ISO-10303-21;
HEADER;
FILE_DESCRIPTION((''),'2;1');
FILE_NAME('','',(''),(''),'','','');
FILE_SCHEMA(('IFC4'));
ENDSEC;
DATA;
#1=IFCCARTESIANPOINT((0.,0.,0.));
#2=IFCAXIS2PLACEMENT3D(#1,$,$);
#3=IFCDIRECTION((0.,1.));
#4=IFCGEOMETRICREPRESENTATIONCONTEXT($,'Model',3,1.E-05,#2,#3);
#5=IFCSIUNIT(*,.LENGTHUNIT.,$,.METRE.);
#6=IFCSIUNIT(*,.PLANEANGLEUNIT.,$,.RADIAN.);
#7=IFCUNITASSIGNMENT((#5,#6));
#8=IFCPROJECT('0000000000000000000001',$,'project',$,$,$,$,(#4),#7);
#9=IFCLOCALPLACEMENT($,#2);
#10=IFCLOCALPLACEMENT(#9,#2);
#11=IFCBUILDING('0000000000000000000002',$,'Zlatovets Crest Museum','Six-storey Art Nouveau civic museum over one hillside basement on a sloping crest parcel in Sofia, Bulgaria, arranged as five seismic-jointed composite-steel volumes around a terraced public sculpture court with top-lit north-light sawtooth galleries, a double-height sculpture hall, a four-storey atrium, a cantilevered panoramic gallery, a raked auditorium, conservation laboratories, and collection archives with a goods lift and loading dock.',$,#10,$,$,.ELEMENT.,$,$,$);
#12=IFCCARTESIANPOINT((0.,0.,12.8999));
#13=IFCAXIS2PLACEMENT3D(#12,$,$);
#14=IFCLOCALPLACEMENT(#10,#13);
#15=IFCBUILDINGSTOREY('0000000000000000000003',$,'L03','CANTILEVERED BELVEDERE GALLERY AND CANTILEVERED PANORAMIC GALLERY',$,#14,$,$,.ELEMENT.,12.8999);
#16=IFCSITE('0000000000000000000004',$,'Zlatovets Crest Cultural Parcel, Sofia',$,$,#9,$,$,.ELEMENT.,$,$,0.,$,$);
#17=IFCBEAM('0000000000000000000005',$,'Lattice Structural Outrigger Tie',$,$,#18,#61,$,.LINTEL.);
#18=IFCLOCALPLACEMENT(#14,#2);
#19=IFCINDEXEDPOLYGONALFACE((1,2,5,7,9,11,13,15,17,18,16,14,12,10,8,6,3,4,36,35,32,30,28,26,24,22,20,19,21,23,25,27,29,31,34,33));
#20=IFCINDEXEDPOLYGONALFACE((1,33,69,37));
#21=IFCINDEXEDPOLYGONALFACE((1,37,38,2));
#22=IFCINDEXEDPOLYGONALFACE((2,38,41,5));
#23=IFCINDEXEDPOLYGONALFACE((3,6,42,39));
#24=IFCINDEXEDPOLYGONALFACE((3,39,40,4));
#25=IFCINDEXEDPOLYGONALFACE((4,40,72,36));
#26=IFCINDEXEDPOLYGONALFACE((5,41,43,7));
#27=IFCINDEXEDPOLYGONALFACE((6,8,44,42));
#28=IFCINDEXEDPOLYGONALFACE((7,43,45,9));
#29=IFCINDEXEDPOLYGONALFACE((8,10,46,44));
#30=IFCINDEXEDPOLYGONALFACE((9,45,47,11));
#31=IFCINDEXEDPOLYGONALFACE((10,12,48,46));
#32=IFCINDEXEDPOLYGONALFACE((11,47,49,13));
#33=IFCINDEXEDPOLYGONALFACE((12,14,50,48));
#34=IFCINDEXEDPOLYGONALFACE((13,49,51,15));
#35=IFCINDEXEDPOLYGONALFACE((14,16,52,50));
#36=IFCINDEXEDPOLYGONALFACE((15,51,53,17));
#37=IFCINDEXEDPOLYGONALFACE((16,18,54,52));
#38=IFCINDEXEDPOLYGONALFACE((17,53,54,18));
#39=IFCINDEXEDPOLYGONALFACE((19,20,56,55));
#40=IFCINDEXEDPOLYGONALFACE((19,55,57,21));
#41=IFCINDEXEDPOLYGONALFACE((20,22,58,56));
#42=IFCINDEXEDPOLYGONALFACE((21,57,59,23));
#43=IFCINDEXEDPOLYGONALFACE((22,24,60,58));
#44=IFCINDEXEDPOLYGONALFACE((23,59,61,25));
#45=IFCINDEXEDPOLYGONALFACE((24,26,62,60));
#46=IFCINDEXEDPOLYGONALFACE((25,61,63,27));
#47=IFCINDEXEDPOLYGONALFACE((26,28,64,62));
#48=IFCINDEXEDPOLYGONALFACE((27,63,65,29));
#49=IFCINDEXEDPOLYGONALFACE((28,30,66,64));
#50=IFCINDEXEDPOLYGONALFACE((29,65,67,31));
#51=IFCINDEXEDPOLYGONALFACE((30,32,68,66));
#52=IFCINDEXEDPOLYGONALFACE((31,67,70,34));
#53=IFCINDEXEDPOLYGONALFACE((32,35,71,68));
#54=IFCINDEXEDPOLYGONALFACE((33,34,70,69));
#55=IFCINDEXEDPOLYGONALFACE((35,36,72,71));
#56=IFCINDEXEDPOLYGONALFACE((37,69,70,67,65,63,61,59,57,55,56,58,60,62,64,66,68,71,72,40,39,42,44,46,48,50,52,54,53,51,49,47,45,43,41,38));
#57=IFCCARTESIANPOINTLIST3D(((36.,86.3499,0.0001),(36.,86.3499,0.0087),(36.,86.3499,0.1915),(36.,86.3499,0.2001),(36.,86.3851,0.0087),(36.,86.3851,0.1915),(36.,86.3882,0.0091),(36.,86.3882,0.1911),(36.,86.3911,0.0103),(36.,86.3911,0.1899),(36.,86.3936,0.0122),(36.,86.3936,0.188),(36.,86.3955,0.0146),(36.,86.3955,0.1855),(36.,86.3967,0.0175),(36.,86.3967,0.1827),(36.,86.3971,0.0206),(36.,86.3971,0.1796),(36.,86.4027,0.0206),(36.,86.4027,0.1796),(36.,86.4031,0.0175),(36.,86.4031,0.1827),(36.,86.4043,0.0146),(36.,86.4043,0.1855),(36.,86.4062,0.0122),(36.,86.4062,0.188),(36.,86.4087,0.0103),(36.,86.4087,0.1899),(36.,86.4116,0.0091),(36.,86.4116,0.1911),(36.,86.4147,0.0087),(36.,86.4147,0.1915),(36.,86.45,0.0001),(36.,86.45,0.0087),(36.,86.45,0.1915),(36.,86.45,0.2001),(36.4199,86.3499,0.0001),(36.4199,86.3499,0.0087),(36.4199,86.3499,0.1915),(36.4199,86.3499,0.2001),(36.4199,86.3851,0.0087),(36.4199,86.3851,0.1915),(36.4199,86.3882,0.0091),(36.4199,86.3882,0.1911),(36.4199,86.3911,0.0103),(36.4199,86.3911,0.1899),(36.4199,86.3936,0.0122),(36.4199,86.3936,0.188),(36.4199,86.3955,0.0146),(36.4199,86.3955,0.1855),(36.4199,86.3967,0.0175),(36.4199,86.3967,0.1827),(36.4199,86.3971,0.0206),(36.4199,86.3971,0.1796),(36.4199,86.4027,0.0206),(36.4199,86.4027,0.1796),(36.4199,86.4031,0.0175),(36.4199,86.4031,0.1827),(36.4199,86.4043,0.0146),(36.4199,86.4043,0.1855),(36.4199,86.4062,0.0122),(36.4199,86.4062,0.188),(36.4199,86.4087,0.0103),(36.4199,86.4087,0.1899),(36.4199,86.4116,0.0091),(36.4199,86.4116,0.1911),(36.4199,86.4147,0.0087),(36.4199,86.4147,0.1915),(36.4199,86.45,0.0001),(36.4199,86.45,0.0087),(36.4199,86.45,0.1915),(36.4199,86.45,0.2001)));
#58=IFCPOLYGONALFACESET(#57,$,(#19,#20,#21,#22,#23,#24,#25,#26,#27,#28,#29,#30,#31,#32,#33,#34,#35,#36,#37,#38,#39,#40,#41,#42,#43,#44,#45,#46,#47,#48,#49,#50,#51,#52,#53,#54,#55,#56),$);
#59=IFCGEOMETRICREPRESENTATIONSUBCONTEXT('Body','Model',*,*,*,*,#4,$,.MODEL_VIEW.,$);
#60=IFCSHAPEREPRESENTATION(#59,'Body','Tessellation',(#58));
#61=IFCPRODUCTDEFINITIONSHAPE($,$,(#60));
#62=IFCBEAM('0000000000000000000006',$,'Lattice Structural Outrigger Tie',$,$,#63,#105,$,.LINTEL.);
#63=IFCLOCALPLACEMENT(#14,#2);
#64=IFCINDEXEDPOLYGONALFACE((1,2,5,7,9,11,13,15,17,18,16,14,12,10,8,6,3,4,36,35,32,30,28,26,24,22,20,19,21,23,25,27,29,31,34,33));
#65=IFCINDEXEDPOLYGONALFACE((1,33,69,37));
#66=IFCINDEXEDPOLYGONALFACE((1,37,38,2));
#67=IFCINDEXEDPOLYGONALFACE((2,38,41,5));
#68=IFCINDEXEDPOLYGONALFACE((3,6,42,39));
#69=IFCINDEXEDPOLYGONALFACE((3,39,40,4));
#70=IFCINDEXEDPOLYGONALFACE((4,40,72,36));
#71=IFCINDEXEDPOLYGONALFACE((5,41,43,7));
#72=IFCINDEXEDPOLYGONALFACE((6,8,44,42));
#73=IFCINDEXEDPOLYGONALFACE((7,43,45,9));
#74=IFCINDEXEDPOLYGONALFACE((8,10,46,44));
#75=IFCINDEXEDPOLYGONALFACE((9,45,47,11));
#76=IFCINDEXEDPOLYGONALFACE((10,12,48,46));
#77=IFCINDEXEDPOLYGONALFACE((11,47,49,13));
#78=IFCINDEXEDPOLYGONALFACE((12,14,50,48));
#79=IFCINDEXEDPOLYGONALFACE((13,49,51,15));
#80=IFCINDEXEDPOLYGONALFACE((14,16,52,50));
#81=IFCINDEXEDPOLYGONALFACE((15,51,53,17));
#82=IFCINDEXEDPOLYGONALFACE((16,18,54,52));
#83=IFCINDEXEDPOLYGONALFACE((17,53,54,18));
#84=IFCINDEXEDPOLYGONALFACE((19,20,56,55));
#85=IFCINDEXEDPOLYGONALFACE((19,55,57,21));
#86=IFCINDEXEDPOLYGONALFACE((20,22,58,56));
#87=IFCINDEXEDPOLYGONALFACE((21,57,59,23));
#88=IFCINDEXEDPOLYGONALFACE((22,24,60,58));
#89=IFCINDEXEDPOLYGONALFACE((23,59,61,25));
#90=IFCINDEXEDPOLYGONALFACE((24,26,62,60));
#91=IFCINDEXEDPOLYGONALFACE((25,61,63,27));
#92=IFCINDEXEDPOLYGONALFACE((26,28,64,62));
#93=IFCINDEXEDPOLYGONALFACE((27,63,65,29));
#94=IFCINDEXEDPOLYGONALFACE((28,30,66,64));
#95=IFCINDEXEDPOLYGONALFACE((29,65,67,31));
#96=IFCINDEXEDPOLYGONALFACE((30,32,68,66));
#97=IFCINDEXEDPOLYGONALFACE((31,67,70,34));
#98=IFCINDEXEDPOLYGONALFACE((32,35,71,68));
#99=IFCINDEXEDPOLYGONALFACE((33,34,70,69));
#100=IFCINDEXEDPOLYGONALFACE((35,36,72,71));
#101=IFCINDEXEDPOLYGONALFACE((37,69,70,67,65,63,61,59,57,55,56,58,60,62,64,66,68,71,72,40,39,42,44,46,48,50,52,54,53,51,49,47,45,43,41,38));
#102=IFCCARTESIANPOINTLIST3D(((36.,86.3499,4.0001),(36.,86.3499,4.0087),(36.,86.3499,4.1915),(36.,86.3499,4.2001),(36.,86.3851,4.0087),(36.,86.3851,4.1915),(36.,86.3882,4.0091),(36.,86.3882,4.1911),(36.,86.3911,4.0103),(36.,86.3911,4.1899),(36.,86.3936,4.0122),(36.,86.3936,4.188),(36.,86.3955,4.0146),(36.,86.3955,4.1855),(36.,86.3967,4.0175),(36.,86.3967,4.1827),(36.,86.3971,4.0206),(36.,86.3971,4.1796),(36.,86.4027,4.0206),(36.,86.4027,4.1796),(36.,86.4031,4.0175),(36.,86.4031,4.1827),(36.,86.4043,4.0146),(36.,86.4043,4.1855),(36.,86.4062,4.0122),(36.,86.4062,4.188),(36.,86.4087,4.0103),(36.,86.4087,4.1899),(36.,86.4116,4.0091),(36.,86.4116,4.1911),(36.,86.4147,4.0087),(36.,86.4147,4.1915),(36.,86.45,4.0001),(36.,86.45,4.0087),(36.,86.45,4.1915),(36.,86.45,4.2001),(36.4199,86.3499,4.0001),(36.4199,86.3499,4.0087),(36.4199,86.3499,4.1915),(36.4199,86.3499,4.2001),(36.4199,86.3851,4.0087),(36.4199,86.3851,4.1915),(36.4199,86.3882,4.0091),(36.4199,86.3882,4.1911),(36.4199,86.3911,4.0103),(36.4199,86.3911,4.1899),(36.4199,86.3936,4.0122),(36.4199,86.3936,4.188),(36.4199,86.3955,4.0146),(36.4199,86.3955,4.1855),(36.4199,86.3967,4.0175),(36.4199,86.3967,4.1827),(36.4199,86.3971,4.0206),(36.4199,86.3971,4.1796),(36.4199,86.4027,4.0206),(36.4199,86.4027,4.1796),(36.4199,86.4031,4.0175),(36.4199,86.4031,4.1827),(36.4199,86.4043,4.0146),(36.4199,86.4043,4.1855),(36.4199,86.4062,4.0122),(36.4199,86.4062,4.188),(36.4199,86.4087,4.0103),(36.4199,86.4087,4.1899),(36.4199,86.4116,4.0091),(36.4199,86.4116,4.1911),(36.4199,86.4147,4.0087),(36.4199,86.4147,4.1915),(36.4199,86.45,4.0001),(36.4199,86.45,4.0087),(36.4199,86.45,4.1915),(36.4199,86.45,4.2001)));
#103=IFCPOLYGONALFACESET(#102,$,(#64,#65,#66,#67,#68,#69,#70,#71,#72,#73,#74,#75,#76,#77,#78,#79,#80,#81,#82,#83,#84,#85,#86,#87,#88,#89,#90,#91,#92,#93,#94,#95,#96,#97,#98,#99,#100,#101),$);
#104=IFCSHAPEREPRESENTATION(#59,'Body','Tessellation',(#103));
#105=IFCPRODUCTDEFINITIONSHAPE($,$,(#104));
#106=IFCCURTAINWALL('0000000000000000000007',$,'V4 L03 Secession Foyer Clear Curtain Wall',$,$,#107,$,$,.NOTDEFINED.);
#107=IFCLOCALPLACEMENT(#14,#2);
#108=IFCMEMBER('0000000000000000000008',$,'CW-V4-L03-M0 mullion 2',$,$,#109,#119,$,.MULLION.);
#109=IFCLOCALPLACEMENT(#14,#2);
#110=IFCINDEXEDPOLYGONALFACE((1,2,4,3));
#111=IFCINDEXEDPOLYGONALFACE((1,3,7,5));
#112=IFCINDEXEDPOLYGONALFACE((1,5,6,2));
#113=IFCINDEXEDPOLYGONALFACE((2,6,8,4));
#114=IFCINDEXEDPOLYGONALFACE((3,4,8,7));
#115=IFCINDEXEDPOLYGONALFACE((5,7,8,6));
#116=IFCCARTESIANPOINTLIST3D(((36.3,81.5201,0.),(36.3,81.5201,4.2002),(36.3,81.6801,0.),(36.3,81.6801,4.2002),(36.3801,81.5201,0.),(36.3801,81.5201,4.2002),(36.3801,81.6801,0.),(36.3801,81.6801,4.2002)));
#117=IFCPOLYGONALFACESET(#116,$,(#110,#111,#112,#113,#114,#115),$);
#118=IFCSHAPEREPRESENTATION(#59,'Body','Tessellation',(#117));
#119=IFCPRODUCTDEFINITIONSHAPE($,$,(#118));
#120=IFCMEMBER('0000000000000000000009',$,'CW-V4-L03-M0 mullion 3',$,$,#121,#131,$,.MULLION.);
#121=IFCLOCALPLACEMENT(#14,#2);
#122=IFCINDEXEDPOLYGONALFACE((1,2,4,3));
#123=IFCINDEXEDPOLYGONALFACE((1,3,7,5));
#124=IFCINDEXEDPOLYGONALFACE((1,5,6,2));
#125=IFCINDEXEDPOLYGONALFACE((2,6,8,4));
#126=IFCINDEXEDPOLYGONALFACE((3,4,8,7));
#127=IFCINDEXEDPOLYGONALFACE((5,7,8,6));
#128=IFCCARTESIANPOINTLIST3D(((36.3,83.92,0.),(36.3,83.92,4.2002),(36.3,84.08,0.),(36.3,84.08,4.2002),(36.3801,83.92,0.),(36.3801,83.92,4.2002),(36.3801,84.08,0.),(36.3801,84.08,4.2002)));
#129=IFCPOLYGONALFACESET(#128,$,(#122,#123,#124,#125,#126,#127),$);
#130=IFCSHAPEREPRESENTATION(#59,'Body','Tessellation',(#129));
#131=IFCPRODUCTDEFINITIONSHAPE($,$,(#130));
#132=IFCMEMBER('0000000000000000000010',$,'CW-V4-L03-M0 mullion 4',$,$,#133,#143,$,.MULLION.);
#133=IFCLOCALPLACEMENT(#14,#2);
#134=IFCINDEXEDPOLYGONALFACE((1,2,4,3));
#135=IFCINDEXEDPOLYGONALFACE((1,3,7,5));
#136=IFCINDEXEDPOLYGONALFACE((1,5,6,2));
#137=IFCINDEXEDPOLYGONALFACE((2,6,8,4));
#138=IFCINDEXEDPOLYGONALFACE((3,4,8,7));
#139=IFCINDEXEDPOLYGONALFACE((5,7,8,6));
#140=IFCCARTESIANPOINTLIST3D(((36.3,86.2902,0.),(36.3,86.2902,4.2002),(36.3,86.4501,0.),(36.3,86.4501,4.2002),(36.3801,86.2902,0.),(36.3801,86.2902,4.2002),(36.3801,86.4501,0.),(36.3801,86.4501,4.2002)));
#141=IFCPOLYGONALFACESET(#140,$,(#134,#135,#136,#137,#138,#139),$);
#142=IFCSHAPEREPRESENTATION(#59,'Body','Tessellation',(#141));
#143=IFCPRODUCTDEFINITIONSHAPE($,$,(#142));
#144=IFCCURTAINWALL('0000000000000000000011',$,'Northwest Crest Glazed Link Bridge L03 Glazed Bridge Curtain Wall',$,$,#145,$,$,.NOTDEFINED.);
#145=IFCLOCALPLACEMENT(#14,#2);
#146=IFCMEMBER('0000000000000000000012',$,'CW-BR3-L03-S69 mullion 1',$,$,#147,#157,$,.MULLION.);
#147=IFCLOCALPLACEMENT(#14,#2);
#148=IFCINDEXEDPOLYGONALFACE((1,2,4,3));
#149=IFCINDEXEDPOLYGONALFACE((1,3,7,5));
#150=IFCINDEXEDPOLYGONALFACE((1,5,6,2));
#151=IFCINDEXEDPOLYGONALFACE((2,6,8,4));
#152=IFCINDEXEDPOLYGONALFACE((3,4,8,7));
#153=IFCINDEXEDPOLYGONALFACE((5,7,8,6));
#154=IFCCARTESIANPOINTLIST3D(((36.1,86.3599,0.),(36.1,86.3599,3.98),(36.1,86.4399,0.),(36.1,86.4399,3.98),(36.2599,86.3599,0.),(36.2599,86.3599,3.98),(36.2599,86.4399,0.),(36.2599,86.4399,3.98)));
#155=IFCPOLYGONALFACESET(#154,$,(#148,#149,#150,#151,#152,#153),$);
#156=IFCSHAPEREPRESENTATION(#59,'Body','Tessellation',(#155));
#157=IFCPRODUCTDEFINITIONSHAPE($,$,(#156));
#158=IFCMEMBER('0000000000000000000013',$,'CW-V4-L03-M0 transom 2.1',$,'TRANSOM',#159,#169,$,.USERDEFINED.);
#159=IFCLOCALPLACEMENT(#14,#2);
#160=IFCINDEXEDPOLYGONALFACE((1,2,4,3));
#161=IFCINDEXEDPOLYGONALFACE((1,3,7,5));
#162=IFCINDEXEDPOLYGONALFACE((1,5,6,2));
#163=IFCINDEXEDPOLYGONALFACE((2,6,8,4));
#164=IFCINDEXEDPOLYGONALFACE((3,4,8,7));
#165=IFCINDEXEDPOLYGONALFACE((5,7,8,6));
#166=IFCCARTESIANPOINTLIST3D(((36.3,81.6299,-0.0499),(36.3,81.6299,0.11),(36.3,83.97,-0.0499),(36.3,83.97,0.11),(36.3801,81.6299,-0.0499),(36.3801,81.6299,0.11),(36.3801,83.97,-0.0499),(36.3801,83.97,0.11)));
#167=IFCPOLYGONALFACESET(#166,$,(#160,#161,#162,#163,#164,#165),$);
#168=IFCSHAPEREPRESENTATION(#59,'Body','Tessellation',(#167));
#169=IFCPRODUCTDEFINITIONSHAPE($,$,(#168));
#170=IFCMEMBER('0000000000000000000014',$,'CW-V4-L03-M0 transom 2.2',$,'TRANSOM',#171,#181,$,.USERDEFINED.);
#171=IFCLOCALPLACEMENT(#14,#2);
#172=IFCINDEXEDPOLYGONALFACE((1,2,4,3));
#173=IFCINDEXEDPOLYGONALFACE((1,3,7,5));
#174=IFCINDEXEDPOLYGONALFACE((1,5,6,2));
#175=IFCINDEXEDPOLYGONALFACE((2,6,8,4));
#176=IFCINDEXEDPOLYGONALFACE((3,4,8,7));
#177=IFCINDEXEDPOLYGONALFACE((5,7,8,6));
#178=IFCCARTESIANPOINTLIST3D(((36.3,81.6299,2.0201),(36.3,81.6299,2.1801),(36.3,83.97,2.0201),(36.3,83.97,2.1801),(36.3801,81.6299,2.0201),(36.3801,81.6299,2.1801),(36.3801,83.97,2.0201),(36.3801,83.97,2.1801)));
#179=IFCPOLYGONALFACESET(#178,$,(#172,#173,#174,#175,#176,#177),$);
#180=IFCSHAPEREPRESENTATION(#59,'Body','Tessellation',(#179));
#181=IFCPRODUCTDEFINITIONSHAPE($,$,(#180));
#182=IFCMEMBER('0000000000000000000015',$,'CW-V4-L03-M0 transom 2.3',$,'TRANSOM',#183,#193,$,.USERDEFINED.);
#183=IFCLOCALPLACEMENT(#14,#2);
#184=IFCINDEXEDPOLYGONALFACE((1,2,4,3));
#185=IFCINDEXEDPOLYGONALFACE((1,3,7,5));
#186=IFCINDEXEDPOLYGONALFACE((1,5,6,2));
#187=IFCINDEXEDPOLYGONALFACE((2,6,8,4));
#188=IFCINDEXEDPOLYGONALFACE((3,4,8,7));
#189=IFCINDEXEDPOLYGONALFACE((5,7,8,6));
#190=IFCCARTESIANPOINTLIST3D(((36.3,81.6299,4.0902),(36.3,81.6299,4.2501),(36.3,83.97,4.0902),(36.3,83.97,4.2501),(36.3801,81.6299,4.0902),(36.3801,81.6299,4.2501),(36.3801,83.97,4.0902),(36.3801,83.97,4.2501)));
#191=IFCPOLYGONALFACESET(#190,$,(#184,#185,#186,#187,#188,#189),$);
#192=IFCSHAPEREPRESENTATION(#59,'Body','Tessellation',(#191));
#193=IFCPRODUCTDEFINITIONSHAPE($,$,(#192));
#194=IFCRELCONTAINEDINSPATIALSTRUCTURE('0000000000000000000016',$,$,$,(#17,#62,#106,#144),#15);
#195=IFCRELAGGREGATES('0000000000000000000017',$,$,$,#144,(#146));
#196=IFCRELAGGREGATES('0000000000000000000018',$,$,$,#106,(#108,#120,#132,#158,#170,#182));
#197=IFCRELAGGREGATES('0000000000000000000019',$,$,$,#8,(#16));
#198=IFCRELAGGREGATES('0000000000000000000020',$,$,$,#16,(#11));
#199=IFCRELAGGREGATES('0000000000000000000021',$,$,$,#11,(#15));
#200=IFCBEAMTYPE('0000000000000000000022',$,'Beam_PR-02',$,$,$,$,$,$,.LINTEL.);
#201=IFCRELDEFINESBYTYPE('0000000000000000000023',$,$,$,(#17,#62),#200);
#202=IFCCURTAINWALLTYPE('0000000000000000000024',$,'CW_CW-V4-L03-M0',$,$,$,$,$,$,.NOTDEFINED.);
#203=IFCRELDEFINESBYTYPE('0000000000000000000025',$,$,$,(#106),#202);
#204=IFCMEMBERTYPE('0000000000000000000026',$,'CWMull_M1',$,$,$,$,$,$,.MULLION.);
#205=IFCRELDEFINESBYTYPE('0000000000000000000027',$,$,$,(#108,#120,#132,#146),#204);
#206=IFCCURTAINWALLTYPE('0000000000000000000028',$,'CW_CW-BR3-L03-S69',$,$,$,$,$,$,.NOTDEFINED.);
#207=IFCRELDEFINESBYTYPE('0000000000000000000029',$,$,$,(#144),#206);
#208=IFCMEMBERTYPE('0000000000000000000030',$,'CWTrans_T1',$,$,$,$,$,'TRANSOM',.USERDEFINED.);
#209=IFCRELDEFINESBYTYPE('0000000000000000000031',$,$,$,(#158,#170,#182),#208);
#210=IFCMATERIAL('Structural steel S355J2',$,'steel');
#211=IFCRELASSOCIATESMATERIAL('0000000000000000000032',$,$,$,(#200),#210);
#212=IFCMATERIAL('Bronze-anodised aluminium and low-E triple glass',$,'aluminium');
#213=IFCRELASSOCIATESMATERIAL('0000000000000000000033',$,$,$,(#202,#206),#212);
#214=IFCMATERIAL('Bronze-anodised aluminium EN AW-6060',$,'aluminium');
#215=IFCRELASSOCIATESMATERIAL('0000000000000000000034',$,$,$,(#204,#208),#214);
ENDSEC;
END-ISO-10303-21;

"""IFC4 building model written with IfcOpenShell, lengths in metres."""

from ifc_helpers import new_model, si_unit, direction, frame, origin, origin_2d, place, context, subcontext, project, spatial, rectangle, i_section, extrude, material, material_profile, profile_set, type_object, element, aggregate, save


model = new_model("IFC4")

# Units and contexts
model_context = context("Model", 3, precision=1e-05, world=origin(), true_north=direction((0.0, 1.0)))
body_context = subcontext(model_context, "Body", "Model", "MODEL_VIEW")
ifc_project = project(units=[si_unit("LENGTHUNIT", "METRE"), si_unit("PLANEANGLEUNIT", "RADIAN")], contexts=[model_context])

# Site, building, storey
site_placement = place(None, origin())
site = spatial("IfcSite", under=ifc_project, at=site_placement, Name="Zlatovets Crest Cultural Parcel, Sofia", CompositionType="ELEMENT", RefElevation=0.0)
building_placement = place(site_placement, origin())
building = spatial("IfcBuilding", under=site, at=building_placement, Name="Zlatovets Crest Museum", Description="Six-storey Art Nouveau civic museum over one hillside basement on a sloping crest parcel in Sofia, Bulgaria, arranged as five seismic-jointed composite-steel volumes around a terraced public sculpture court with top-lit north-light sawtooth galleries, a double-height sculpture hall, a four-storey atrium, a cantilevered panoramic gallery, a raked auditorium, conservation laboratories, and collection archives with a goods lift and loading dock.", CompositionType="ELEMENT")
storey_placement = place(building_placement, frame((0.0, 0.0, 12.8999)))
storey = spatial("IfcBuildingStorey", under=building, at=storey_placement, Name="L03", Description="CANTILEVERED BELVEDERE GALLERY AND CANTILEVERED PANORAMIC GALLERY", CompositionType="ELEMENT", Elevation=12.8999)

# Shared definitions
ifc_material_1 = material(Name="Structural steel S355J2", Category="steel")

# Beams
ifc_material_profile_1 = material_profile(ifc_material_1, i_section(OverallWidth=0.1001, OverallDepth=0.2, WebThickness=0.0056, FlangeThickness=0.0085, FilletRadius=0.012, at=origin_2d()), Name="IPE 200")
ifc_profile_set_1 = profile_set([ifc_material_profile_1], Name="Structural steel S355J2")
beam_type_1 = type_object("IfcBeamType", Name="Beam_PR-02", PredefinedType="LINTEL", material=ifc_profile_set_1)
for number, where, z_axis, x_axis, name in (
    (1, (36.0, 86.3999, 0.1001), (1.0, 0.0, 0.0), (0.0, 1.0, 0.0), "Lattice Structural Outrigger Tie"),
    (2, (36.0, 86.3999, 4.1001), (1.0, 0.0, 0.0), (0.0, 1.0, 0.0), "Lattice Structural Outrigger Tie"),
):
    element("IfcBeam", number, at=place(storey_placement, frame(where, z_axis=z_axis, x_axis=x_axis)), inside=storey, type_object=beam_type_1, Name=name, PredefinedType="LINTEL", context=body_context, shape_type="SweptSolid", body=[
        extrude(i_section(OverallWidth=0.1001, OverallDepth=0.2, WebThickness=0.0056, FlangeThickness=0.0085, FilletRadius=0.012, at=origin_2d()), origin(), (0.0, 0.0, 1.0), 0.4199),
    ])

# Curtain wall, members
ifc_material_2 = material(Name="Bronze-anodised aluminium and low-E triple glass", Category="aluminium")
curtain_wall_type_1 = type_object("IfcCurtainWallType", Name="CW_CW-V4-L03-M0", PredefinedType="NOTDEFINED", material=ifc_material_2)
curtain_wall_1_placement = place(storey_placement, origin())
curtain_wall_1 = element("IfcCurtainWall", 3, at=curtain_wall_1_placement, inside=storey, type_object=curtain_wall_type_1, Name="V4 L03 Secession Foyer Clear Curtain Wall", PredefinedType="NOTDEFINED")
ifc_material_3 = material(Name="Bronze-anodised aluminium EN AW-6060", Category="aluminium")
ifc_material_profile_2 = material_profile(ifc_material_3, rectangle(XDim=0.0801, YDim=0.1599, at=origin_2d()), Name="ALU 80x160")
ifc_profile_set_2 = profile_set([ifc_material_profile_2], Name="Bronze-anodised aluminium EN AW-6060")
member_type_1 = type_object("IfcMemberType", Name="CWMull_M1", PredefinedType="MULLION", material=ifc_profile_set_2)
member_1_placement = place(storey_placement, frame((36.3401, 81.6001, 0.0), z_axis=(0.0, 0.0, 1.0), x_axis=(-1.0, 0.0, 0.0)))
member_1 = element("IfcMember", 4, at=member_1_placement, type_object=member_type_1, Name="CW-V4-L03-M0 mullion 2", PredefinedType="MULLION", context=body_context, shape_type="SweptSolid", body=[
    extrude(rectangle(XDim=0.0801, YDim=0.1599, at=origin_2d()), origin(), (0.0, 0.0, 1.0), 4.2002),
])
member_2_placement = place(storey_placement, frame((36.3401, 84.0, 0.0), z_axis=(0.0, 0.0, 1.0), x_axis=(-1.0, 0.0, 0.0)))
member_2 = element("IfcMember", 5, at=member_2_placement, type_object=member_type_1, Name="CW-V4-L03-M0 mullion 3", PredefinedType="MULLION", context=body_context, shape_type="SweptSolid", body=[
    extrude(rectangle(XDim=0.0801, YDim=0.1599, at=origin_2d()), origin(), (0.0, 0.0, 1.0), 4.2002),
])
member_3_placement = place(storey_placement, frame((36.3401, 86.3701, 0.0), z_axis=(0.0, 0.0, 1.0), x_axis=(-1.0, 0.0, 0.0)))
member_3 = element("IfcMember", 6, at=member_3_placement, type_object=member_type_1, Name="CW-V4-L03-M0 mullion 4", PredefinedType="MULLION", context=body_context, shape_type="SweptSolid", body=[
    extrude(rectangle(XDim=0.0801, YDim=0.1599, at=origin_2d()), origin(), (0.0, 0.0, 1.0), 4.2002),
])

# Curtain wall, member
curtain_wall_type_2 = type_object("IfcCurtainWallType", Name="CW_CW-BR3-L03-S69", PredefinedType="NOTDEFINED", material=ifc_material_2)
curtain_wall_2_placement = place(storey_placement, origin())
curtain_wall_2 = element("IfcCurtainWall", 7, at=curtain_wall_2_placement, inside=storey, type_object=curtain_wall_type_2, Name="Northwest Crest Glazed Link Bridge L03 Glazed Bridge Curtain Wall", PredefinedType="NOTDEFINED")
member_4_placement = place(storey_placement, frame((36.1799, 86.3999, 0.0), z_axis=(0.0, 0.0, 1.0), x_axis=(0.0, 1.0, 0.0)))
member_4 = element("IfcMember", 8, at=member_4_placement, type_object=member_type_1, Name="CW-BR3-L03-S69 mullion 1", PredefinedType="MULLION", context=body_context, shape_type="SweptSolid", body=[
    extrude(rectangle(XDim=0.0801, YDim=0.1599, at=origin_2d()), origin(), (0.0, 0.0, 1.0), 3.98),
])

# Members
ifc_material_profile_3 = material_profile(ifc_material_3, rectangle(XDim=0.0801, YDim=0.1599, at=origin_2d()), Name="ALU 80x160")
ifc_profile_set_3 = profile_set([ifc_material_profile_3], Name="Bronze-anodised aluminium EN AW-6060")
member_type_2 = type_object("IfcMemberType", Name="CWTrans_T1", ElementType="TRANSOM", PredefinedType="USERDEFINED", material=ifc_profile_set_3)
member_5_placement = place(storey_placement, frame((36.3401, 81.6299, 0.03), z_axis=(0.0, 1.0, 0.0), x_axis=(-1.0, 0.0, 0.0)))
member_5 = element("IfcMember", 9, at=member_5_placement, type_object=member_type_2, Name="CW-V4-L03-M0 transom 2.1", ObjectType="TRANSOM", PredefinedType="USERDEFINED", context=body_context, shape_type="SweptSolid", body=[
    extrude(rectangle(XDim=0.0801, YDim=0.1599, at=origin_2d()), origin(), (0.0, 0.0, 1.0), 2.3401),
])
member_6_placement = place(storey_placement, frame((36.3401, 81.6299, 2.1001), z_axis=(0.0, 1.0, 0.0), x_axis=(-1.0, 0.0, 0.0)))
member_6 = element("IfcMember", 10, at=member_6_placement, type_object=member_type_2, Name="CW-V4-L03-M0 transom 2.2", ObjectType="TRANSOM", PredefinedType="USERDEFINED", context=body_context, shape_type="SweptSolid", body=[
    extrude(rectangle(XDim=0.0801, YDim=0.1599, at=origin_2d()), origin(), (0.0, 0.0, 1.0), 2.3401),
])
member_7_placement = place(storey_placement, frame((36.3401, 81.6299, 4.1702), z_axis=(0.0, 1.0, 0.0), x_axis=(-1.0, 0.0, 0.0)))
member_7 = element("IfcMember", 11, at=member_7_placement, type_object=member_type_2, Name="CW-V4-L03-M0 transom 2.3", ObjectType="TRANSOM", PredefinedType="USERDEFINED", context=body_context, shape_type="SweptSolid", body=[
    extrude(rectangle(XDim=0.0801, YDim=0.1599, at=origin_2d()), origin(), (0.0, 0.0, 1.0), 2.3401),
])
aggregate(curtain_wall_2, [member_4])

aggregate(curtain_wall_1, [member_1, member_2, member_3, member_5, member_6, member_7])

save(model, "model.ifc")
